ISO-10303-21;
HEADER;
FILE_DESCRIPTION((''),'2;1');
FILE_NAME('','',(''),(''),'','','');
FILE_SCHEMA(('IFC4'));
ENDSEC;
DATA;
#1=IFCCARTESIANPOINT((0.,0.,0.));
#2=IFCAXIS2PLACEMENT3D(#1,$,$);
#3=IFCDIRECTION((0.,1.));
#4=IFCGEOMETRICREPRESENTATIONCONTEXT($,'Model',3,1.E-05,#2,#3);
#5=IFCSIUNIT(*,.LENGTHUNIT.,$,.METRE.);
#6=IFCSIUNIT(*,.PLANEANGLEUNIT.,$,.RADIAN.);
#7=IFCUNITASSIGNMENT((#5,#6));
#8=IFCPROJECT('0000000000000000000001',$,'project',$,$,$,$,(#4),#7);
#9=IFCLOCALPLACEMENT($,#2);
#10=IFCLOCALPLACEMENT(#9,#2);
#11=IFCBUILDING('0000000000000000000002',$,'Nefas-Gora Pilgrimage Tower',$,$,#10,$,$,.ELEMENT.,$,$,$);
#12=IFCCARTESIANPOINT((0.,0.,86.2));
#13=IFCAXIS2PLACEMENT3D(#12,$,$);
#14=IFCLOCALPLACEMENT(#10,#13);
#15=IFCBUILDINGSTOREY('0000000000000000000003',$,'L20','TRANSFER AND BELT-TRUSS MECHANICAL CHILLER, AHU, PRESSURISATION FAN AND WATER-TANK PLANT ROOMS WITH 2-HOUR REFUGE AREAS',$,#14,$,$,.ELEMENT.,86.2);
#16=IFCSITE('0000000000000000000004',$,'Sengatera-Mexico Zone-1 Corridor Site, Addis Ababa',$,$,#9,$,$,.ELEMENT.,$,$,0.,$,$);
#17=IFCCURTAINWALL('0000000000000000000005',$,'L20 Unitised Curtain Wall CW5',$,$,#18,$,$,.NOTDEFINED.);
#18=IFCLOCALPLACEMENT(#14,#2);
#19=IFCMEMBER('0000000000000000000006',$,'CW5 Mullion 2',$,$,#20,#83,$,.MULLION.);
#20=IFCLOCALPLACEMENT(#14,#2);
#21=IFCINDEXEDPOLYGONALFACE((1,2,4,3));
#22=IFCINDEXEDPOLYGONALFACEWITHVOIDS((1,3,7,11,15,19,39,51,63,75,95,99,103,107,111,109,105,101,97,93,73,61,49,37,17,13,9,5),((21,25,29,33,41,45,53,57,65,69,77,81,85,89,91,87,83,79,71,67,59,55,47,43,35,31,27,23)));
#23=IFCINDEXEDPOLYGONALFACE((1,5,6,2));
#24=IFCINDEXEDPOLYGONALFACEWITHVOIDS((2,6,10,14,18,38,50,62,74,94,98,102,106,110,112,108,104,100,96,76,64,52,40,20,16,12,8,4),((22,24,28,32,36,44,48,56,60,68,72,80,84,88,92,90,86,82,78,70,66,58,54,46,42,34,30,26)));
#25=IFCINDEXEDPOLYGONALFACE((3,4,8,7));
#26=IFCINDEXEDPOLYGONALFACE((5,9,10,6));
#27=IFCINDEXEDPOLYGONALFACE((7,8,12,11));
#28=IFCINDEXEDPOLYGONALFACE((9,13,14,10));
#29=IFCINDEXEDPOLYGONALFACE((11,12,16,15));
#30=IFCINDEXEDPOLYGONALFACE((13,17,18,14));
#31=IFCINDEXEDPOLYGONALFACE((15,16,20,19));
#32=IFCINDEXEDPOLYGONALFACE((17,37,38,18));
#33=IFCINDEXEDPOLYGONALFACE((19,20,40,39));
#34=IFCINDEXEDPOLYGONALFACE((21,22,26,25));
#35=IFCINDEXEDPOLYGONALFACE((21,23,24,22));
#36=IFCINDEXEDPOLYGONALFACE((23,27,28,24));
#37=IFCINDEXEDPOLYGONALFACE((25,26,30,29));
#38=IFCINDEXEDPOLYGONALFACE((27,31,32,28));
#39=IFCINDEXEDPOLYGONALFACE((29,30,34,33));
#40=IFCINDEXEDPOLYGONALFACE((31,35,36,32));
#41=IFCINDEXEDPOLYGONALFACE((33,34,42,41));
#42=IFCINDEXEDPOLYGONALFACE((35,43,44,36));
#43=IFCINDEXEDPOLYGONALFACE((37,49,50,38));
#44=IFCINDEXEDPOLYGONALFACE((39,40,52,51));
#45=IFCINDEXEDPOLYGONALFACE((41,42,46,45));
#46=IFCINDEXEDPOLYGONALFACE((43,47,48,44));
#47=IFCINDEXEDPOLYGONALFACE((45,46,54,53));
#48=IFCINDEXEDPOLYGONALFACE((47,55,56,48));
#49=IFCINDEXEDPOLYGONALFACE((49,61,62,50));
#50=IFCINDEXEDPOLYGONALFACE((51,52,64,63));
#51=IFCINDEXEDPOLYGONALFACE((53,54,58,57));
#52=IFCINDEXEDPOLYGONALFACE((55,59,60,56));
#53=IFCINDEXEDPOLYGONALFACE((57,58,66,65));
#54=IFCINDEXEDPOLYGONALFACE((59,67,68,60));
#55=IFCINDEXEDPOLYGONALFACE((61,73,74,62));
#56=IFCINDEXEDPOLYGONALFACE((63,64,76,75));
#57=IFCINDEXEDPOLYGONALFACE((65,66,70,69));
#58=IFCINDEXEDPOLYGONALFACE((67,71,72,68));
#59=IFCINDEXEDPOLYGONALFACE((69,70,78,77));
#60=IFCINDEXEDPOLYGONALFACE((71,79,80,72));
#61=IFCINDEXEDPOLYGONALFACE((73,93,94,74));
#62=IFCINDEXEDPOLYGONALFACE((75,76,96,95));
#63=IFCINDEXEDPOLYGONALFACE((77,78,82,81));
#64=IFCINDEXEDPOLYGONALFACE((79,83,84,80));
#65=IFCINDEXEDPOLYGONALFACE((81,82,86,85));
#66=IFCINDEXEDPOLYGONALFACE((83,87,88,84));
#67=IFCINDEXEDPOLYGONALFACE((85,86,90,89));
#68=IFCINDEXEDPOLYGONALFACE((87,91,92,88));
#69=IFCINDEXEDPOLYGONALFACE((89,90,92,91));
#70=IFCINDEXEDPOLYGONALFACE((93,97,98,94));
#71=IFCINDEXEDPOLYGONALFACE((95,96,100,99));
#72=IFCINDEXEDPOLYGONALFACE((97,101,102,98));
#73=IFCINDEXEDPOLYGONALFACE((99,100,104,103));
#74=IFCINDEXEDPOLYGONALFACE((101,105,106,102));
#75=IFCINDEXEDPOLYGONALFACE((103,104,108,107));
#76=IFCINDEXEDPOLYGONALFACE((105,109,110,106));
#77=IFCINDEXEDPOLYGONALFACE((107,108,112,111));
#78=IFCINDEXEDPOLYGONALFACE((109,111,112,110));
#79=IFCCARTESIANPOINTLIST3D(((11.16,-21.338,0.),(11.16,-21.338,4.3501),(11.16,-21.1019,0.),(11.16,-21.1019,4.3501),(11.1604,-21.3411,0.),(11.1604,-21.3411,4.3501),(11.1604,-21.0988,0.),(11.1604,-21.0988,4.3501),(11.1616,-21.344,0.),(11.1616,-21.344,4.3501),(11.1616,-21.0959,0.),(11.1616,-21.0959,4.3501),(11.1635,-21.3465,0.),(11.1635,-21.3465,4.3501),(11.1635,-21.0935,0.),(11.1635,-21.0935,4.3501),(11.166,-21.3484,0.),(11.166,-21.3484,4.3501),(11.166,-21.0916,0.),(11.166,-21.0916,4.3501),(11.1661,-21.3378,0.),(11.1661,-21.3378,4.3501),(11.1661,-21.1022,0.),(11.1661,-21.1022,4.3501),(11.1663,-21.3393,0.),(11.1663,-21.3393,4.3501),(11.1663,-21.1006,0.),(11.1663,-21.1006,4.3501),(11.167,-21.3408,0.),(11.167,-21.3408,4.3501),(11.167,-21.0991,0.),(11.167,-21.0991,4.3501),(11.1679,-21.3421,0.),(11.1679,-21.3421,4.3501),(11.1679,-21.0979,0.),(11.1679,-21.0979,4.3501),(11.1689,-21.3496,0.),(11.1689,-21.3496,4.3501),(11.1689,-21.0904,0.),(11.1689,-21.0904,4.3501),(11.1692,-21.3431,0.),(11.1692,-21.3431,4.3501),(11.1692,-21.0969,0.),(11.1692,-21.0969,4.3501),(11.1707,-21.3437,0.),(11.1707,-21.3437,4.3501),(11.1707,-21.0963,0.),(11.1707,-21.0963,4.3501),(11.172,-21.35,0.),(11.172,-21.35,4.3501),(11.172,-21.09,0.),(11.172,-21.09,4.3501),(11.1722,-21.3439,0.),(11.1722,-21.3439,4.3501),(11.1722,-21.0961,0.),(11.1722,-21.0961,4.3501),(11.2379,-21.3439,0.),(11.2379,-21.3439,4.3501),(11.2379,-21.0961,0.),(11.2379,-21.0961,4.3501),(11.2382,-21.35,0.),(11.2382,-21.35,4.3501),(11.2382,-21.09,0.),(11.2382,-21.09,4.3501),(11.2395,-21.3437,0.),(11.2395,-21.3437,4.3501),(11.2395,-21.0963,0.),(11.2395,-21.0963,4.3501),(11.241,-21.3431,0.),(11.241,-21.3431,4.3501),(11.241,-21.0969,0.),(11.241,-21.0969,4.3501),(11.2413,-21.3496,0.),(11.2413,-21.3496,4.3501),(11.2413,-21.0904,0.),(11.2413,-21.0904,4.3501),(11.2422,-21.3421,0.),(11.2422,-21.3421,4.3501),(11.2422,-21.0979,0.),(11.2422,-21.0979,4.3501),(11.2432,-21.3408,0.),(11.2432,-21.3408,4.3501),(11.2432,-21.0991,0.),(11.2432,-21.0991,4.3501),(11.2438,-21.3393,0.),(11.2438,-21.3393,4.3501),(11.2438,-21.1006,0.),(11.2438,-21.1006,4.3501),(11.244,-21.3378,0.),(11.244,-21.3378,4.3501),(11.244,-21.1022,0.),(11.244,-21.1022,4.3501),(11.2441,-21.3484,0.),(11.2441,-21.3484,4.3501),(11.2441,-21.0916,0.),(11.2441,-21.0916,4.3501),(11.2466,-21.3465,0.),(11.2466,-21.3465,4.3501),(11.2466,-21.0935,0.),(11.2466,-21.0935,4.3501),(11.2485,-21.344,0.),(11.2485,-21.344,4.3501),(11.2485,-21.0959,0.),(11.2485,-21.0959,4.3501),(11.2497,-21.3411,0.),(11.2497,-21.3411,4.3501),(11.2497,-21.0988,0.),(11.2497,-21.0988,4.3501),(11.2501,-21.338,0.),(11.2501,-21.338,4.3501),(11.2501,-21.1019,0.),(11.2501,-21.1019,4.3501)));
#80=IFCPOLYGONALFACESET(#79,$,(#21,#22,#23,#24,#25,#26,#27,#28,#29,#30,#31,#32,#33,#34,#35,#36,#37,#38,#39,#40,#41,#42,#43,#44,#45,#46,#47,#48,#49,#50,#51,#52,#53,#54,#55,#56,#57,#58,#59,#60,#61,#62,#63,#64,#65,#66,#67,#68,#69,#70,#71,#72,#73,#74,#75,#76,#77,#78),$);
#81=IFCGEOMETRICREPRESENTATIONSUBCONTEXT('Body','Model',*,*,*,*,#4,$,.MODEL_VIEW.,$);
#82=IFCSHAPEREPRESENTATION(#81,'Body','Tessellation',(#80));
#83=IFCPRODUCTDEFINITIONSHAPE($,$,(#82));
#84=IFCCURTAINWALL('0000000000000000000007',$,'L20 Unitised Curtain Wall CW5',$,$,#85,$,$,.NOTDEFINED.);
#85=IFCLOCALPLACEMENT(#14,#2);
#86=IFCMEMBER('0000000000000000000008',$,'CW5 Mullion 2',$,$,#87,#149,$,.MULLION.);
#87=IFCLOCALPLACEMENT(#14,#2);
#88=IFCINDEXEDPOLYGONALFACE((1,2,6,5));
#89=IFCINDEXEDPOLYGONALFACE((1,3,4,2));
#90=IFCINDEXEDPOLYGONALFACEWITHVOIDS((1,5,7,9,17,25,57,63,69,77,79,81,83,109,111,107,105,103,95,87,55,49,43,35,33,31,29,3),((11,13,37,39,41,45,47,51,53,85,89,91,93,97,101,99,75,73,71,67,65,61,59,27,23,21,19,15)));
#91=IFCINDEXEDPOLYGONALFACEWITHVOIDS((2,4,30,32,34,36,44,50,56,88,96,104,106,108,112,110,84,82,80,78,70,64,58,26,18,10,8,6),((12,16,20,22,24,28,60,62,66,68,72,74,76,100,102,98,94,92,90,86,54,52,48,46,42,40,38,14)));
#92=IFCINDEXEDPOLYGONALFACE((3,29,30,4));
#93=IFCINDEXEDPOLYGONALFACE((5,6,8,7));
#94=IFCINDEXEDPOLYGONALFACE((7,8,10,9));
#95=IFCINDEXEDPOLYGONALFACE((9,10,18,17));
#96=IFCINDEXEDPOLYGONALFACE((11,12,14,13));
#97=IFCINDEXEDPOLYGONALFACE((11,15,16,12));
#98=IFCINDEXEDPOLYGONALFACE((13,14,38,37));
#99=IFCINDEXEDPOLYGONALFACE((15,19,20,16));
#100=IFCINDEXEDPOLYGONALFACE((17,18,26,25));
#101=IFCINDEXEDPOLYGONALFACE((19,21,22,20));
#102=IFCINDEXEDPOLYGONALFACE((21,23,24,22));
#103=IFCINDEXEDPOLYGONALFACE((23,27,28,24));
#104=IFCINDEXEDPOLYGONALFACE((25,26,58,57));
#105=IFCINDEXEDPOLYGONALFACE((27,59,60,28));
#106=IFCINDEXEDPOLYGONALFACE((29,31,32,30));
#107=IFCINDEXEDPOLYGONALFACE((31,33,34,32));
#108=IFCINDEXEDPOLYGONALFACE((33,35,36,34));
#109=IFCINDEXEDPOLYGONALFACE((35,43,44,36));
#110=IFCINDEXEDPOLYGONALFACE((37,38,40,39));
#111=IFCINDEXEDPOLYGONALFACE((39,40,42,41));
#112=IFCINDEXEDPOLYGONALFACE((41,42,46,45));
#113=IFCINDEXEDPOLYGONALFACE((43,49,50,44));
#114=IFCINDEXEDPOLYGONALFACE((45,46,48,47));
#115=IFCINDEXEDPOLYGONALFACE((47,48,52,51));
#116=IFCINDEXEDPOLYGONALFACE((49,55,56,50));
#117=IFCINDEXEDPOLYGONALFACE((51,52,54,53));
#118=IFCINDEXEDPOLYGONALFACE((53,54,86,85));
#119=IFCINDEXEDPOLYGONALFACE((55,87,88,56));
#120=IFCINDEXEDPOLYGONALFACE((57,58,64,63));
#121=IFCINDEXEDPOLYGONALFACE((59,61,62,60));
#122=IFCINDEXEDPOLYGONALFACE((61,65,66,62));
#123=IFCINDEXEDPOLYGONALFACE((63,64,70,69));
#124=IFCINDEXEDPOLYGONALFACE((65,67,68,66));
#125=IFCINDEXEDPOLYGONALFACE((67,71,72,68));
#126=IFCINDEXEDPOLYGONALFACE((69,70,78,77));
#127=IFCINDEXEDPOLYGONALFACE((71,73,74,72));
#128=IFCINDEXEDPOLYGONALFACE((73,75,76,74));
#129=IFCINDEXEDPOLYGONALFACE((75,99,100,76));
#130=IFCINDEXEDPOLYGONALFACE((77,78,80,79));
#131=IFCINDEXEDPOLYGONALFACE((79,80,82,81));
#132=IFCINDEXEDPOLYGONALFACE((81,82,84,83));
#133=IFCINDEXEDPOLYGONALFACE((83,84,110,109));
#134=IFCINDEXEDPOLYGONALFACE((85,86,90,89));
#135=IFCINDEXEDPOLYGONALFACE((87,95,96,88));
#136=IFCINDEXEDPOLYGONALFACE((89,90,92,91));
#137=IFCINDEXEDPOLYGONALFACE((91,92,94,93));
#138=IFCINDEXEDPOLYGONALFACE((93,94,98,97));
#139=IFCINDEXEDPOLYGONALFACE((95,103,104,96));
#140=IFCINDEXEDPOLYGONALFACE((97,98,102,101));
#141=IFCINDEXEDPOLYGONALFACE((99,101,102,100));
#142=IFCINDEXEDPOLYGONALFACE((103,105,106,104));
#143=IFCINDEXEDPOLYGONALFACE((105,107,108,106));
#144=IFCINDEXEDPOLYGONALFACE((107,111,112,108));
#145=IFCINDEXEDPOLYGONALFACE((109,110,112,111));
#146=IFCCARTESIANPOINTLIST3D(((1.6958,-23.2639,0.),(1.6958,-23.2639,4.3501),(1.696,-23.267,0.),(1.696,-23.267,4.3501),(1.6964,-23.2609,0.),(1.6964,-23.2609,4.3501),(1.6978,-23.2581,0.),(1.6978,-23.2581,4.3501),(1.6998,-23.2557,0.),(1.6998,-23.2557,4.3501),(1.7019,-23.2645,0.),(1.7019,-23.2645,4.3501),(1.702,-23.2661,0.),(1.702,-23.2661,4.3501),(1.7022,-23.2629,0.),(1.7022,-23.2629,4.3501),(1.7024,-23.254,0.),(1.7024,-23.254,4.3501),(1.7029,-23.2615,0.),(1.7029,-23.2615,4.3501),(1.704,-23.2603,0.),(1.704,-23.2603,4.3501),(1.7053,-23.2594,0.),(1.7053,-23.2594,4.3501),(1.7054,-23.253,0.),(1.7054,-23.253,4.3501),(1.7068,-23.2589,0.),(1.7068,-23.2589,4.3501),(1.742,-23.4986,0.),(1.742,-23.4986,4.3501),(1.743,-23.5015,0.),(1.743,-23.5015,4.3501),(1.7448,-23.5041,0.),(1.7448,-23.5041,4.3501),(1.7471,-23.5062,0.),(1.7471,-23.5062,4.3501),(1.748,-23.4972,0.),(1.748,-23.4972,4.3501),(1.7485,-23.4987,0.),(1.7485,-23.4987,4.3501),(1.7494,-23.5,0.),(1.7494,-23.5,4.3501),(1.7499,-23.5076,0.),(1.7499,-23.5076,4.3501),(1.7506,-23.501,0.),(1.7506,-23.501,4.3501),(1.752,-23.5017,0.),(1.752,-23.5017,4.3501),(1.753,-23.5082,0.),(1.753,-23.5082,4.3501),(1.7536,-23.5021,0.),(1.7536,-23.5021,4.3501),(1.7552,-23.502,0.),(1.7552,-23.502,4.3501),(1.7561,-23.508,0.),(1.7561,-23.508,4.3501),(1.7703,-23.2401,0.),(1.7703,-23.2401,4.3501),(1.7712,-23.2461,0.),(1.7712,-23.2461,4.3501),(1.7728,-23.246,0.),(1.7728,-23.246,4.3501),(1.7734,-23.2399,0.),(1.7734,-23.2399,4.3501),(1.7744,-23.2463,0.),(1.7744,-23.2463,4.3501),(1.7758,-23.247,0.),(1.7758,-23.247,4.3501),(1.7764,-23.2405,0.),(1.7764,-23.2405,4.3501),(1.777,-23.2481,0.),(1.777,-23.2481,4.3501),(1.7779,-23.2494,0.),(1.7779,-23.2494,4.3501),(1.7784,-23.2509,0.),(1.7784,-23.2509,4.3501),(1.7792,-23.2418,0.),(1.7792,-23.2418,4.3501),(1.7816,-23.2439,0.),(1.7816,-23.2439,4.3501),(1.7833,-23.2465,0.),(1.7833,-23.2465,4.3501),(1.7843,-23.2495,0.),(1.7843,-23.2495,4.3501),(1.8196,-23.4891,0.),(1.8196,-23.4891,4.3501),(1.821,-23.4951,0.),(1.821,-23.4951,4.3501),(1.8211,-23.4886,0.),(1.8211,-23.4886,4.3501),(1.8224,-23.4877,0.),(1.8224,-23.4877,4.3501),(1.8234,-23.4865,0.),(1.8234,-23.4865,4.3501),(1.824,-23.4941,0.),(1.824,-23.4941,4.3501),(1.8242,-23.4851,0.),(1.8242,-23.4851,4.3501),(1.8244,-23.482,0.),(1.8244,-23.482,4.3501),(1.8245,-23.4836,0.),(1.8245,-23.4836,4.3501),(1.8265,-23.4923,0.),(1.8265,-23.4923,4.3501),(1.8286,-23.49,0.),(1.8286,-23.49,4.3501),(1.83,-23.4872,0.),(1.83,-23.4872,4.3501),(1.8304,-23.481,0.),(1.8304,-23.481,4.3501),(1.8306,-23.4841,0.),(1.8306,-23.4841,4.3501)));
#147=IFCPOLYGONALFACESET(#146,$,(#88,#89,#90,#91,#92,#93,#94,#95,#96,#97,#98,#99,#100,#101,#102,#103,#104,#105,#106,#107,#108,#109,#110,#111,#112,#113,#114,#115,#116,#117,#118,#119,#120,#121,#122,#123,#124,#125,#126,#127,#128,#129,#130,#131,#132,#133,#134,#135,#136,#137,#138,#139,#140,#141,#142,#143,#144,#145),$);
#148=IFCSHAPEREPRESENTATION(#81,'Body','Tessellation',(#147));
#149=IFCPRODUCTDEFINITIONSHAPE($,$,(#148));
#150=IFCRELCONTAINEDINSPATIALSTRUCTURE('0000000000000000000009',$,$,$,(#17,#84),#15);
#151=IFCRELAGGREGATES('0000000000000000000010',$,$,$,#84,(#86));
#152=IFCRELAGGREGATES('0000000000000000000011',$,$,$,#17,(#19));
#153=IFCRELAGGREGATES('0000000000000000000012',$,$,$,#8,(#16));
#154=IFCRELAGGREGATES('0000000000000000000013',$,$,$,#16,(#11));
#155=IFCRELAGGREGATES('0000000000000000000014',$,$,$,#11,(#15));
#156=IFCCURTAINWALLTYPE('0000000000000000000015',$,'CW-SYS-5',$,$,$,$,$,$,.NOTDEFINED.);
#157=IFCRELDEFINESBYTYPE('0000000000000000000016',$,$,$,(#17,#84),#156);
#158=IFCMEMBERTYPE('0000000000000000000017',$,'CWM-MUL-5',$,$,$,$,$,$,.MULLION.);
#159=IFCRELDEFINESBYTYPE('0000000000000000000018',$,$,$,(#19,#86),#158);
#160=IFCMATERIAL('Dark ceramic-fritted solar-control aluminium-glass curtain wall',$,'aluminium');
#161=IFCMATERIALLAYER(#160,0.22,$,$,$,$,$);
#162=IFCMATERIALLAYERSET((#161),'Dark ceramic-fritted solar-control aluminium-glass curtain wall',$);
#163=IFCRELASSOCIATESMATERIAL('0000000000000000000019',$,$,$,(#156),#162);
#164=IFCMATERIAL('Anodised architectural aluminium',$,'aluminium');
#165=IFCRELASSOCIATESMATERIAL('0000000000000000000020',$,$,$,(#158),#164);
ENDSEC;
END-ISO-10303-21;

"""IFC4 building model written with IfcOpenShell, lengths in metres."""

from ifc_helpers import new_model, si_unit, direction, frame, origin, origin_2d, place, context, subcontext, project, spatial, hollow_rectangle, extrude, source, transform, mapped, material, layer, layer_set, material_profile, profile_set, type_object, element, aggregate, save


model = new_model("IFC4")

# Units and contexts
model_context = context("Model", 3, precision=1e-05, world=origin(), true_north=direction((0.0, 1.0)))
body_context = subcontext(model_context, "Body", "Model", "MODEL_VIEW")
ifc_project = project(units=[si_unit("LENGTHUNIT", "METRE"), si_unit("PLANEANGLEUNIT", "RADIAN")], contexts=[model_context])

# Site, building, storey
site_placement = place(None, origin())
site = spatial("IfcSite", under=ifc_project, at=site_placement, Name="Sengatera-Mexico Zone-1 Corridor Site, Addis Ababa", CompositionType="ELEMENT", RefElevation=0.0)
building_placement = place(site_placement, origin())
building = spatial("IfcBuilding", under=site, at=building_placement, Name="Nefas-Gora Pilgrimage Tower", CompositionType="ELEMENT")
storey_placement = place(building_placement, frame((0.0, 0.0, 86.2)))
storey = spatial("IfcBuildingStorey", under=building, at=storey_placement, Name="L20", Description="TRANSFER AND BELT-TRUSS MECHANICAL CHILLER, AHU, PRESSURISATION FAN AND WATER-TANK PLANT ROOMS WITH 2-HOUR REFUGE AREAS", CompositionType="ELEMENT", Elevation=86.2)

# Curtain wall, member
ifc_material_1 = material(Name="Dark ceramic-fritted solar-control aluminium-glass curtain wall", Category="aluminium")
ifc_layer_1 = layer(ifc_material_1, 0.22)
ifc_layer_set_1 = layer_set([ifc_layer_1], Name="Dark ceramic-fritted solar-control aluminium-glass curtain wall")
curtain_wall_type_1 = type_object("IfcCurtainWallType", Name="CW-SYS-5", PredefinedType="NOTDEFINED", material=ifc_layer_set_1)
curtain_wall_1_placement = place(storey_placement, origin())
curtain_wall_1 = element("IfcCurtainWall", 1, at=curtain_wall_1_placement, inside=storey, type_object=curtain_wall_type_1, Name="L20 Unitised Curtain Wall CW5", PredefinedType="NOTDEFINED")
ifc_material_2 = material(Name="Anodised architectural aluminium", Category="aluminium")
ifc_material_profile_1 = material_profile(ifc_material_2, hollow_rectangle(XDim=0.0901, YDim=0.26, WallThickness=0.0061, InnerFilletRadius=0.0061, OuterFilletRadius=0.012, at=origin_2d()), Name="ALU MULLION 90x260")
ifc_profile_set_1 = profile_set([ifc_material_profile_1], Name="Anodised architectural aluminium")
member_type_1 = type_object("IfcMemberType", Name="CWM-MUL-5", PredefinedType="MULLION", material=ifc_profile_set_1)
shared_shape_1 = source(origin(), body_context, "Body", "SweptSolid", [
    extrude(hollow_rectangle(XDim=0.0901, YDim=0.26, WallThickness=0.0061, InnerFilletRadius=0.0061, OuterFilletRadius=0.012, at=origin_2d()), origin(), (0.0, 0.0, 1.0), 4.3501),
])
member_1_placement = place(storey_placement, frame((11.2051, -21.22, 0.0), z_axis=(0.0, 0.0, 1.0), x_axis=(1.0, 0.0, 0.0)))
member_1 = element("IfcMember", 2, at=member_1_placement, type_object=member_type_1, Name="CW5 Mullion 2", PredefinedType="MULLION", context=body_context, shape_type="MappedRepresentation", body=[
    mapped(shared_shape_1, transform((0.0, 0.0, 0.0), x_axis=(1.0, 0.0, 0.0), y_axis=(0.0, 1.0, 0.0), z_axis=(0.0, 0.0, 1.0), scale=1.0)),
])

# Curtain wall, member
curtain_wall_2_placement = place(storey_placement, origin())
curtain_wall_2 = element("IfcCurtainWall", 3, at=curtain_wall_2_placement, inside=storey, type_object=curtain_wall_type_1, Name="L20 Unitised Curtain Wall CW5", PredefinedType="NOTDEFINED")
member_2_placement = place(storey_placement, frame((1.7632, -23.374, 0.0), z_axis=(0.0, 0.0, 1.0), x_axis=(0.980783, 0.195102, 0.0)))
member_2 = element("IfcMember", 4, at=member_2_placement, type_object=member_type_1, Name="CW5 Mullion 2", PredefinedType="MULLION", context=body_context, shape_type="MappedRepresentation", body=[
    mapped(shared_shape_1, transform((0.0, 0.0, 0.0), x_axis=(1.0, 0.0, 0.0), y_axis=(0.0, 1.0, 0.0), z_axis=(0.0, 0.0, 1.0), scale=1.0)),
])
aggregate(curtain_wall_2, [member_2])

aggregate(curtain_wall_1, [member_1])

save(model, "model.ifc")
